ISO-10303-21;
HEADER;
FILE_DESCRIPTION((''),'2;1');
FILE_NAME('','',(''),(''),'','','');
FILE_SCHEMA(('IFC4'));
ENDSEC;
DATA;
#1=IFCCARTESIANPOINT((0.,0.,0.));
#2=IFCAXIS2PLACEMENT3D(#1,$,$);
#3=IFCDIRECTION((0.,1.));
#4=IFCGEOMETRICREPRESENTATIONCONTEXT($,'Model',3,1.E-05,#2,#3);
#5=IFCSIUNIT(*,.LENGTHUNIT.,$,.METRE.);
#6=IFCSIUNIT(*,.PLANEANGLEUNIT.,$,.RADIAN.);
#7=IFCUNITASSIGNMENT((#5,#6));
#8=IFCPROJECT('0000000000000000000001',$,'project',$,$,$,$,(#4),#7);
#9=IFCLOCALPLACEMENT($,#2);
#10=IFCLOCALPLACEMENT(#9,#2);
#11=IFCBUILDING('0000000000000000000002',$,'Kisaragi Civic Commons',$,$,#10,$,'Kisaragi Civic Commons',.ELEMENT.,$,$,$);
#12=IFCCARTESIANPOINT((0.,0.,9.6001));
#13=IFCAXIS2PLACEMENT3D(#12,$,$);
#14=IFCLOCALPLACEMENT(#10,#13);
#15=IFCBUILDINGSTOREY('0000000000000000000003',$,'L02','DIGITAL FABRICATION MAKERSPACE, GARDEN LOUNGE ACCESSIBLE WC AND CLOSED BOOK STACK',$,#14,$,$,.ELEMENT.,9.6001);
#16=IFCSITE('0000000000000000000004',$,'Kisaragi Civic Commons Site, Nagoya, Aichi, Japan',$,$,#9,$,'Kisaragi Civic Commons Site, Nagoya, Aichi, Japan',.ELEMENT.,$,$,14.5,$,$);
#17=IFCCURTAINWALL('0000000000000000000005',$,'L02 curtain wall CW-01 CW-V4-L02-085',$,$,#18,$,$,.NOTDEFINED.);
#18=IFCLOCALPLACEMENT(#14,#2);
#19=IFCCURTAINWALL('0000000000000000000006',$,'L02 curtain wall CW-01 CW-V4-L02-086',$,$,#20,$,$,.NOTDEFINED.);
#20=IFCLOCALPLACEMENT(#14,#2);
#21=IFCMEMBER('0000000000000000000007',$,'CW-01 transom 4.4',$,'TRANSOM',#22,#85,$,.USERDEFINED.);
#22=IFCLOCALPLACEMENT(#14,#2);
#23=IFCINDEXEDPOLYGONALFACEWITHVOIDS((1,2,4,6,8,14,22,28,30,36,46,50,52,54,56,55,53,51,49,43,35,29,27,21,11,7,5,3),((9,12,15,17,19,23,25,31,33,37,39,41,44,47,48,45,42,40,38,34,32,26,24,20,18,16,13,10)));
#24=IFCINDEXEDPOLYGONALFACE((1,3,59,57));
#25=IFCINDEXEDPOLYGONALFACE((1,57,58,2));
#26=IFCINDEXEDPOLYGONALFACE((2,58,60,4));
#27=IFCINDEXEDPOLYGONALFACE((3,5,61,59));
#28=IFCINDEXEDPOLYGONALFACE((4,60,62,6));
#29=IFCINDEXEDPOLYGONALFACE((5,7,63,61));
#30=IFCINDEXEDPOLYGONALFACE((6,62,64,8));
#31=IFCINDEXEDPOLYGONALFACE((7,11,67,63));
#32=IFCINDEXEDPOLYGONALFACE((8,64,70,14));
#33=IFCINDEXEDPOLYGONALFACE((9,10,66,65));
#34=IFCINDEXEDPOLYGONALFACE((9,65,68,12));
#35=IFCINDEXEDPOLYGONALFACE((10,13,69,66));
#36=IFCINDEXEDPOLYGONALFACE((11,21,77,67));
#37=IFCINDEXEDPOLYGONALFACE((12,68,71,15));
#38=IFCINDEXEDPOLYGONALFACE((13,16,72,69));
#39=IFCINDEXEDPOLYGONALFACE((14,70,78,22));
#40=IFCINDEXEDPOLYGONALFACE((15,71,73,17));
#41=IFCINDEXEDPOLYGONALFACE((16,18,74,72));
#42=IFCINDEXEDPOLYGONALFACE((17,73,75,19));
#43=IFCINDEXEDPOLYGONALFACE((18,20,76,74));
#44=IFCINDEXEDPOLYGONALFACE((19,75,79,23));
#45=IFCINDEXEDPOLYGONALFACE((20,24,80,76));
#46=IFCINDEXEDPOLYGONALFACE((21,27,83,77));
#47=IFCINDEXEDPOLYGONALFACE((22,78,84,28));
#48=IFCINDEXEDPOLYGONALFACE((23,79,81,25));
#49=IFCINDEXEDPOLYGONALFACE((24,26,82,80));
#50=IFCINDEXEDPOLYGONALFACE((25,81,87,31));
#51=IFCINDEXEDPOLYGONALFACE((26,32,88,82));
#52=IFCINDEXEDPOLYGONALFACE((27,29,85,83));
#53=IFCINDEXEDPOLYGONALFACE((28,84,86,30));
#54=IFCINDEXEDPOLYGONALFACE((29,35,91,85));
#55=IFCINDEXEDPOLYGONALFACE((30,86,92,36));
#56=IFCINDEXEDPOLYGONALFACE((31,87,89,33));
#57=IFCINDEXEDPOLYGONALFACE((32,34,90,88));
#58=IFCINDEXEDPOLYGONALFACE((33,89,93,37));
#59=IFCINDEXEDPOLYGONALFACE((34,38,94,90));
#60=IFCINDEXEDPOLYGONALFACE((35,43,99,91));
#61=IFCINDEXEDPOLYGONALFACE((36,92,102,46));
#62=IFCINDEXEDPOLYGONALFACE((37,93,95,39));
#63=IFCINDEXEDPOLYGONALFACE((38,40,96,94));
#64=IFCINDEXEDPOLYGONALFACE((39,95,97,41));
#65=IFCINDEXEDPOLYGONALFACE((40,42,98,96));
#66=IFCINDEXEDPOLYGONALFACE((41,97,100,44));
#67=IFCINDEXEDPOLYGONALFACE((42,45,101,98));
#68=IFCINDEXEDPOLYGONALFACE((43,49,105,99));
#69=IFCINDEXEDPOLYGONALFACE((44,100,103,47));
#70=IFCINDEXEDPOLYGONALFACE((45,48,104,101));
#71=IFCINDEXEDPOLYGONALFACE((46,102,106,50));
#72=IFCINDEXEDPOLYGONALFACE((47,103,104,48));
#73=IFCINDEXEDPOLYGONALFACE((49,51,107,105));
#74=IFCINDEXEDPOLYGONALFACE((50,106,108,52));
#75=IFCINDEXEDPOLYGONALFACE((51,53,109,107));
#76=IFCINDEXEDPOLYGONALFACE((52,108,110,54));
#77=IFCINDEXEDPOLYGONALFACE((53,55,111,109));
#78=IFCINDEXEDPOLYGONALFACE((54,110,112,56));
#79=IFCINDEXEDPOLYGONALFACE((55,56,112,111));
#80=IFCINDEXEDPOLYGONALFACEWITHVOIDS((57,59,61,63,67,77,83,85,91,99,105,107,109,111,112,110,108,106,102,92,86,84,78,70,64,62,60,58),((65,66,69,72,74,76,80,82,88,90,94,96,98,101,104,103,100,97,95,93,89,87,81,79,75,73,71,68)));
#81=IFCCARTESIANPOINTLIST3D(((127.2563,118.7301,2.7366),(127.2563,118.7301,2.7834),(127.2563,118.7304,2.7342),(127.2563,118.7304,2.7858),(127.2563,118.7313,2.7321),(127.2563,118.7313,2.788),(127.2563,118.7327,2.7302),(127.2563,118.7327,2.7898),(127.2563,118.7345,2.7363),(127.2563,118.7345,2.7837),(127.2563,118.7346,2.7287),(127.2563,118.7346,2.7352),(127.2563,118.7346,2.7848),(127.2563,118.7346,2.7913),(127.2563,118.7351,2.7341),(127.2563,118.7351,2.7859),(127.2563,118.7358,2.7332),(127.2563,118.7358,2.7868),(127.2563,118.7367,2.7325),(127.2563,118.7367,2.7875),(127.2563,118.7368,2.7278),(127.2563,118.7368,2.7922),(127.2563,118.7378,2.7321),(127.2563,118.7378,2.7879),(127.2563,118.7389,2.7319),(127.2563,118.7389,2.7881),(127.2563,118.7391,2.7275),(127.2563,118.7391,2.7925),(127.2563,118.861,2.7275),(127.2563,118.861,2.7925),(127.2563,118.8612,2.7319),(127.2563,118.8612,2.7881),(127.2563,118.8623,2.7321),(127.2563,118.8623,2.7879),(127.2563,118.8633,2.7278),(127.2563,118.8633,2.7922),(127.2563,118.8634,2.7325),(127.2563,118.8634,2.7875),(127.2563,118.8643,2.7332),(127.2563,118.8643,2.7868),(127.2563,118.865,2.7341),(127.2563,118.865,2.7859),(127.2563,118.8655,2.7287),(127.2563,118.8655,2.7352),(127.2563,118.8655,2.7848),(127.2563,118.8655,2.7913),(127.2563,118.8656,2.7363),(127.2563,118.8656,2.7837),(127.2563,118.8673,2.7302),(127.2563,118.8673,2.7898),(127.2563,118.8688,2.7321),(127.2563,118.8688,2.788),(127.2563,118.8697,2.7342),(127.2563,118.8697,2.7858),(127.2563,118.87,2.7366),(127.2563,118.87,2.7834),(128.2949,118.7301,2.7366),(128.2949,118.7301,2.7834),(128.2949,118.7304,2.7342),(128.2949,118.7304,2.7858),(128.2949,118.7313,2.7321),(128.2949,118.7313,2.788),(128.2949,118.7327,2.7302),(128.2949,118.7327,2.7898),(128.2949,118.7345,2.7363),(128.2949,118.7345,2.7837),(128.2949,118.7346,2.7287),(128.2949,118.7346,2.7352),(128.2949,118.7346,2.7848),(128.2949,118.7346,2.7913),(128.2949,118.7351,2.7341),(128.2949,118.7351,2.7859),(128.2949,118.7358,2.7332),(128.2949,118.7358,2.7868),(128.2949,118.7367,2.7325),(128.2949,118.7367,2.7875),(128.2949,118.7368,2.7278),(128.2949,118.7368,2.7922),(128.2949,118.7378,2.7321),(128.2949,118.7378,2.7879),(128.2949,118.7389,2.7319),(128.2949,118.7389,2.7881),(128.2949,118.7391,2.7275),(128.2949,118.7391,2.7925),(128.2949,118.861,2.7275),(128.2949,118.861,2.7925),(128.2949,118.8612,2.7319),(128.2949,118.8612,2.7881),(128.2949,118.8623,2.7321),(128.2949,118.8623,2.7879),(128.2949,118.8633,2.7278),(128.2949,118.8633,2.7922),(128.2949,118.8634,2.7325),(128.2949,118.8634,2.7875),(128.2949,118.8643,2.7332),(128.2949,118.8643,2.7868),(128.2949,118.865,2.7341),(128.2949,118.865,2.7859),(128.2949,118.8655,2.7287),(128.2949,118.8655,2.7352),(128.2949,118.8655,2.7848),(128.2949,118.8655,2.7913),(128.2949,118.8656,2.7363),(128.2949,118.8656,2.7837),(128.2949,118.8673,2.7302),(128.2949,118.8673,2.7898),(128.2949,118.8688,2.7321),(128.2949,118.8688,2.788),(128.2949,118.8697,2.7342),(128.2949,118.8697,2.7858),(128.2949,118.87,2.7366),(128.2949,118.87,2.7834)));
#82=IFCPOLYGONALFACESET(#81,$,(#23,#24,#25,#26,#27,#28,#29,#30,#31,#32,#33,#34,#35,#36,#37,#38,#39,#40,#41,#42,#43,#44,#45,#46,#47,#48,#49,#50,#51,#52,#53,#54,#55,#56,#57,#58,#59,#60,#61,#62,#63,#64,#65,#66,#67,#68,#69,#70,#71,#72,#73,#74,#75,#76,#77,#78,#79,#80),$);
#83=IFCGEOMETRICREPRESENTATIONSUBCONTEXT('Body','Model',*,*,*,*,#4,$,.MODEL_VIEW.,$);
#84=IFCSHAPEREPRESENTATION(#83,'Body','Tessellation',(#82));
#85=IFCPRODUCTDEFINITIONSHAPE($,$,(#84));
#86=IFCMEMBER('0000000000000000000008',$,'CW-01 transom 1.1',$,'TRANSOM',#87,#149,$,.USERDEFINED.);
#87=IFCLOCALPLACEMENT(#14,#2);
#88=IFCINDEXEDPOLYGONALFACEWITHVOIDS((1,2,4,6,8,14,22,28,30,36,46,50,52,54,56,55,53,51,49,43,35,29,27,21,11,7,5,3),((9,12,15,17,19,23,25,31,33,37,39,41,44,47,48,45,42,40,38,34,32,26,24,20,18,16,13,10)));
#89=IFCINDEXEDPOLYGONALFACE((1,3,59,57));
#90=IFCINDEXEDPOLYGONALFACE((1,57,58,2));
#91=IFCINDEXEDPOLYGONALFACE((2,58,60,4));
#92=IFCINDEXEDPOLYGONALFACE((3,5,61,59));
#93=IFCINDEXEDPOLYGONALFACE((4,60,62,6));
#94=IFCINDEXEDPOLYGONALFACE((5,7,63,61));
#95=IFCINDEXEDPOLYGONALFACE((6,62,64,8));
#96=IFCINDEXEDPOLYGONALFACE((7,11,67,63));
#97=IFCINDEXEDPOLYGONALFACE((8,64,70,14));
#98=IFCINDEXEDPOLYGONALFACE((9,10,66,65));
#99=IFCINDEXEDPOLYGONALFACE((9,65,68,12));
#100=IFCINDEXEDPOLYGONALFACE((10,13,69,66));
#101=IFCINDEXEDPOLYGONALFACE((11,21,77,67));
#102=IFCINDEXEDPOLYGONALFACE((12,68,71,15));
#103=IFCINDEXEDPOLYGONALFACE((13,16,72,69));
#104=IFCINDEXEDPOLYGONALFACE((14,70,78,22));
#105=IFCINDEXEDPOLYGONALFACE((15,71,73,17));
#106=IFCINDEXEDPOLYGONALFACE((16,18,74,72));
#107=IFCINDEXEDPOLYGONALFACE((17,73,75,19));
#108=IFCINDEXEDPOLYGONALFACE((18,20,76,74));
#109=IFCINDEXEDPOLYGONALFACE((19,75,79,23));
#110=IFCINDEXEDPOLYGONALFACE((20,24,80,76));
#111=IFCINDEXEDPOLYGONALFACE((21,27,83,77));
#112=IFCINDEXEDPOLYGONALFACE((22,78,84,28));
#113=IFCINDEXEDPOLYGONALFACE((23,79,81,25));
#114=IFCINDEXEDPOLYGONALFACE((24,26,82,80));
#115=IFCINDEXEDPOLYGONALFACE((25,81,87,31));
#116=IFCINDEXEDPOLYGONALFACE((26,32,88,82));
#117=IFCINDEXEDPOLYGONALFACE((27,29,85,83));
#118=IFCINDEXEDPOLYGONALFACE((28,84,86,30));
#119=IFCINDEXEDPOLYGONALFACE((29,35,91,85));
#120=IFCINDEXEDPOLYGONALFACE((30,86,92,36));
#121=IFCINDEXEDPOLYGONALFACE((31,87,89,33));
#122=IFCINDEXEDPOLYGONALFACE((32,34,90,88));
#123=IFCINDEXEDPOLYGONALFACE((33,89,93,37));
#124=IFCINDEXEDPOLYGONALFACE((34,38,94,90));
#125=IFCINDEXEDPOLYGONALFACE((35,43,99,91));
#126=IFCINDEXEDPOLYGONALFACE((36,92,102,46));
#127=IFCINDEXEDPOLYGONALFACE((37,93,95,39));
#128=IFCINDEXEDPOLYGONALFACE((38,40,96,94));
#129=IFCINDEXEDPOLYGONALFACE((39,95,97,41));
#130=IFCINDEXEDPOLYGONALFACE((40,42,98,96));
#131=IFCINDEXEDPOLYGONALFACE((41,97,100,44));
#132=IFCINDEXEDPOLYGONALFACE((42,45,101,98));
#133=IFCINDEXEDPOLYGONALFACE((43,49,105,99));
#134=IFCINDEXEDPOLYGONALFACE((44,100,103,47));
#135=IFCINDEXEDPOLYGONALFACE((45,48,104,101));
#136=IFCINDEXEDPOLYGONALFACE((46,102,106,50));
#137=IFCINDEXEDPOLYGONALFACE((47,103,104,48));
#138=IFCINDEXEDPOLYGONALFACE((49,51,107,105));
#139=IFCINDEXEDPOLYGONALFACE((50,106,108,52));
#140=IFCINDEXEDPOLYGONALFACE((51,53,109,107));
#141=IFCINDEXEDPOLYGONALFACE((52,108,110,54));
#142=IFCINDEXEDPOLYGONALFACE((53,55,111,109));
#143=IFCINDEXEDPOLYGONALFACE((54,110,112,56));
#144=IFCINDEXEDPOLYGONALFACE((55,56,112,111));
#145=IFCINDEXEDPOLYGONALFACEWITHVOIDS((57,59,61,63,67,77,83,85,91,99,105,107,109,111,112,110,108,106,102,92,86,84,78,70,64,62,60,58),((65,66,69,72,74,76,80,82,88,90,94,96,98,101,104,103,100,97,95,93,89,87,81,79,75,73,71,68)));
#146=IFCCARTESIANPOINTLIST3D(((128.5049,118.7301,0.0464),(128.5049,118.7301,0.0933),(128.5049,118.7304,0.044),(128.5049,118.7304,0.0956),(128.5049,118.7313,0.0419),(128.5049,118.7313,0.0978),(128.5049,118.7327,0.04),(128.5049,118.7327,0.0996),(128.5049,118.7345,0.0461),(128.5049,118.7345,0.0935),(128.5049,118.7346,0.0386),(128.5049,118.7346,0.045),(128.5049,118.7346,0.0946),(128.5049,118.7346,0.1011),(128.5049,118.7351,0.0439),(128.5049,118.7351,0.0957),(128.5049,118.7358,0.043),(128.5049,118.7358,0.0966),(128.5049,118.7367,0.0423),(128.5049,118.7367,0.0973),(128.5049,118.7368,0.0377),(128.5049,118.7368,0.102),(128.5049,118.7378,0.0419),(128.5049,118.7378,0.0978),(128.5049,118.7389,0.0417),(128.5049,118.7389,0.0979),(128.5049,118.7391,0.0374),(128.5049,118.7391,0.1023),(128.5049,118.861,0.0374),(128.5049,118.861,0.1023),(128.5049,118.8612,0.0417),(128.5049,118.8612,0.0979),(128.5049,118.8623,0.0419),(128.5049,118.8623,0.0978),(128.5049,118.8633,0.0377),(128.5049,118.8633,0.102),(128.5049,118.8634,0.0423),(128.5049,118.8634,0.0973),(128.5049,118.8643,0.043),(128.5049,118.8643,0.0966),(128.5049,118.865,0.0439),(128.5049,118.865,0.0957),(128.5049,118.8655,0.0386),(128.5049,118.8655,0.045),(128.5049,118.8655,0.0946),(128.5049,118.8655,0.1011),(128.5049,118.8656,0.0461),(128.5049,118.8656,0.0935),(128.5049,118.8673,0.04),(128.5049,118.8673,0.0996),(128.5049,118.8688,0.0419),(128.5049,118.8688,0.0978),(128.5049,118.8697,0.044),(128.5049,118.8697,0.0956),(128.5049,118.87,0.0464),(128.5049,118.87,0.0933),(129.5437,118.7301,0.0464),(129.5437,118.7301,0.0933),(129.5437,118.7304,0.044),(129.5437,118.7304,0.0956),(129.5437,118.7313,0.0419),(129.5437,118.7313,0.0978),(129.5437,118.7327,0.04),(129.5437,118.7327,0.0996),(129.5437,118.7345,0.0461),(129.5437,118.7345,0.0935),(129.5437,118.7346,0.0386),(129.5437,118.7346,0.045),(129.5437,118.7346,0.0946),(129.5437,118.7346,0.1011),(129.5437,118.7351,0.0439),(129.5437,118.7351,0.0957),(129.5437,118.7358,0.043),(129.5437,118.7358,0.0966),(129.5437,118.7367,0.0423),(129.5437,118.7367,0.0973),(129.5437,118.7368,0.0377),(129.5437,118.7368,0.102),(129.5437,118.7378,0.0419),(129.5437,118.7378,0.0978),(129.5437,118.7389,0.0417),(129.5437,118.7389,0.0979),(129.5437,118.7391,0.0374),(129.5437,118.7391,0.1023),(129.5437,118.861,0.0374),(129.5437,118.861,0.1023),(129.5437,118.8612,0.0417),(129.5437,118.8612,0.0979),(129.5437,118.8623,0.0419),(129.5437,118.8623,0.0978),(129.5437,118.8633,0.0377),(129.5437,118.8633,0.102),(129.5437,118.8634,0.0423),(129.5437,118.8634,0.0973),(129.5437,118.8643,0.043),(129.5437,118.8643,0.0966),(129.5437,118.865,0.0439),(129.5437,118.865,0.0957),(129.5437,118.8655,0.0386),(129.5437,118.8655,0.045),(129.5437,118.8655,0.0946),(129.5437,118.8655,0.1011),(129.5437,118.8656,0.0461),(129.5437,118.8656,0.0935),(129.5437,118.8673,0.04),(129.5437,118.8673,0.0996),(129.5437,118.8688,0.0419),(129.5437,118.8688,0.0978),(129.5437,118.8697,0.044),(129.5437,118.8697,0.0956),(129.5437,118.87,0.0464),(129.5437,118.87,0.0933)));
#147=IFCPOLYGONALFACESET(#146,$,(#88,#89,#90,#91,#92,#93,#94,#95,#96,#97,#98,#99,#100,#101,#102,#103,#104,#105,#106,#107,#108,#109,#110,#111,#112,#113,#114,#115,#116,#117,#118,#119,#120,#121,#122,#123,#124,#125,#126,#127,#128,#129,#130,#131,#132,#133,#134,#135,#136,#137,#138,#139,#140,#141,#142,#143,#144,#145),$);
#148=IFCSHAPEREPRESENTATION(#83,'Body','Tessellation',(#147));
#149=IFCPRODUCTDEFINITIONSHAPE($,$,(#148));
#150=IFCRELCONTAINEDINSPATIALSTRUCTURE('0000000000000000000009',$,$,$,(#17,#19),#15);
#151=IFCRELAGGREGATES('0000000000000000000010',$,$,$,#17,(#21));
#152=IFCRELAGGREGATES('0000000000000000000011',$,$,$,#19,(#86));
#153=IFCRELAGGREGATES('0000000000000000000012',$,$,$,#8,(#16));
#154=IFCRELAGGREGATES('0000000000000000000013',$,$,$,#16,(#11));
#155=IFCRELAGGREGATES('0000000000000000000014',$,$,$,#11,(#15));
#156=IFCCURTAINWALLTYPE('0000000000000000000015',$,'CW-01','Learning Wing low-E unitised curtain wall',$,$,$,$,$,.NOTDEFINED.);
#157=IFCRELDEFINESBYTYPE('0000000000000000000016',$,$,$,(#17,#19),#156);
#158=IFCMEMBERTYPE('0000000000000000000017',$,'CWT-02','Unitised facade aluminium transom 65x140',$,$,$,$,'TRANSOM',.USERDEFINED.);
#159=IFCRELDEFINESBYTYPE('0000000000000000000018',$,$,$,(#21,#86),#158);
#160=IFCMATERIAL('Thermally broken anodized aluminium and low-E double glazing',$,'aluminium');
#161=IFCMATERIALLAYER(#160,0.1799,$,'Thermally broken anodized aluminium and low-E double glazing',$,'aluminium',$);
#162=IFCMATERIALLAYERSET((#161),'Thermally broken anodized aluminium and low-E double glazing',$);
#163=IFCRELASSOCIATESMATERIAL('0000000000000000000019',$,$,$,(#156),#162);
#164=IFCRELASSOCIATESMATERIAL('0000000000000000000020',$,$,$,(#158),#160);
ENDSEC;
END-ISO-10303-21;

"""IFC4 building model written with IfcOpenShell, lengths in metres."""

from ifc_helpers import new_model, si_unit, direction, frame, origin, origin_2d, place, context, subcontext, project, spatial, hollow_rectangle, extrude, material, layer, layer_set, material_profile, profile_set, type_object, element, aggregate, save


model = new_model("IFC4")

# Units and contexts
model_context = context("Model", 3, precision=1e-05, world=origin(), true_north=direction((0.0, 1.0)))
body_context = subcontext(model_context, "Body", "Model", "MODEL_VIEW")
ifc_project = project(units=[si_unit("LENGTHUNIT", "METRE"), si_unit("PLANEANGLEUNIT", "RADIAN")], contexts=[model_context])

# Site, building, storey
site_placement = place(None, origin())
site = spatial("IfcSite", under=ifc_project, at=site_placement, Name="Kisaragi Civic Commons Site, Nagoya, Aichi, Japan", LongName="Kisaragi Civic Commons Site, Nagoya, Aichi, Japan", CompositionType="ELEMENT", RefElevation=14.5)
building_placement = place(site_placement, origin())
building = spatial("IfcBuilding", under=site, at=building_placement, Name="Kisaragi Civic Commons", LongName="Kisaragi Civic Commons", CompositionType="ELEMENT")
storey_placement = place(building_placement, frame((0.0, 0.0, 9.6001)))
storey = spatial("IfcBuildingStorey", under=building, at=storey_placement, Name="L02", Description="DIGITAL FABRICATION MAKERSPACE, GARDEN LOUNGE ACCESSIBLE WC AND CLOSED BOOK STACK", CompositionType="ELEMENT", Elevation=9.6001)

# Curtain walls
ifc_material_1 = material(Name="Thermally broken anodized aluminium and low-E double glazing", Category="aluminium")
ifc_layer_1 = layer(ifc_material_1, 0.1799, Name="Thermally broken anodized aluminium and low-E double glazing", Category="aluminium")
ifc_layer_set_1 = layer_set([ifc_layer_1], Name="Thermally broken anodized aluminium and low-E double glazing")
curtain_wall_type = type_object("IfcCurtainWallType", Name="CW-01", Description="Learning Wing low-E unitised curtain wall", PredefinedType="NOTDEFINED", material=ifc_layer_set_1)
curtain_wall_1_placement = place(storey_placement, origin())
curtain_wall_1 = element("IfcCurtainWall", 1, at=curtain_wall_1_placement, inside=storey, type_object=curtain_wall_type, Name="L02 curtain wall CW-01 CW-V4-L02-085", PredefinedType="NOTDEFINED")
curtain_wall_2_placement = place(storey_placement, origin())
curtain_wall_2 = element("IfcCurtainWall", 2, at=curtain_wall_2_placement, inside=storey, type_object=curtain_wall_type, Name="L02 curtain wall CW-01 CW-V4-L02-086", PredefinedType="NOTDEFINED")

# Members
ifc_material_profile_1 = material_profile(ifc_material_1, hollow_rectangle(XDim=0.1399, YDim=0.0649, WallThickness=0.0044, InnerFilletRadius=0.0044, OuterFilletRadius=0.009, at=origin_2d()), Name="CWT-65x140x4.5", Category="aluminium")
ifc_profile_set_1 = profile_set([ifc_material_profile_1], Name="Thermally broken anodized aluminium and low-E double glazing")
member_type_1 = type_object("IfcMemberType", Name="CWT-02", Description="Unitised facade aluminium transom 65x140", ElementType="TRANSOM", PredefinedType="USERDEFINED", material=ifc_profile_set_1)
member_1_placement = place(storey_placement, frame((127.2563, 118.8, 2.76), z_axis=(1.0, 0.0, 0.0), x_axis=(0.0, 1.0, 0.0)))
member_1 = element("IfcMember", 3, at=member_1_placement, type_object=member_type_1, Name="CW-01 transom 4.4", ObjectType="TRANSOM", PredefinedType="USERDEFINED", context=body_context, shape_type="SweptSolid", body=[
    extrude(hollow_rectangle(XDim=0.1399, YDim=0.0649, WallThickness=0.0044, InnerFilletRadius=0.0044, OuterFilletRadius=0.009, at=origin_2d()), origin(), (0.0, 0.0, 1.0), 1.0386),
])
member_2_placement = place(storey_placement, frame((128.5049, 118.8, 0.0698), z_axis=(1.0, 0.0, 0.0), x_axis=(0.0, 1.0, 0.0)))
member_2 = element("IfcMember", 4, at=member_2_placement, type_object=member_type_1, Name="CW-01 transom 1.1", ObjectType="TRANSOM", PredefinedType="USERDEFINED", context=body_context, shape_type="SweptSolid", body=[
    extrude(hollow_rectangle(XDim=0.1399, YDim=0.0649, WallThickness=0.0044, InnerFilletRadius=0.0044, OuterFilletRadius=0.009, at=origin_2d()), origin(), (0.0, 0.0, 1.0), 1.0388),
])

aggregate(curtain_wall_1, [member_1])
aggregate(curtain_wall_2, [member_2])

save(model, "model.ifc")
